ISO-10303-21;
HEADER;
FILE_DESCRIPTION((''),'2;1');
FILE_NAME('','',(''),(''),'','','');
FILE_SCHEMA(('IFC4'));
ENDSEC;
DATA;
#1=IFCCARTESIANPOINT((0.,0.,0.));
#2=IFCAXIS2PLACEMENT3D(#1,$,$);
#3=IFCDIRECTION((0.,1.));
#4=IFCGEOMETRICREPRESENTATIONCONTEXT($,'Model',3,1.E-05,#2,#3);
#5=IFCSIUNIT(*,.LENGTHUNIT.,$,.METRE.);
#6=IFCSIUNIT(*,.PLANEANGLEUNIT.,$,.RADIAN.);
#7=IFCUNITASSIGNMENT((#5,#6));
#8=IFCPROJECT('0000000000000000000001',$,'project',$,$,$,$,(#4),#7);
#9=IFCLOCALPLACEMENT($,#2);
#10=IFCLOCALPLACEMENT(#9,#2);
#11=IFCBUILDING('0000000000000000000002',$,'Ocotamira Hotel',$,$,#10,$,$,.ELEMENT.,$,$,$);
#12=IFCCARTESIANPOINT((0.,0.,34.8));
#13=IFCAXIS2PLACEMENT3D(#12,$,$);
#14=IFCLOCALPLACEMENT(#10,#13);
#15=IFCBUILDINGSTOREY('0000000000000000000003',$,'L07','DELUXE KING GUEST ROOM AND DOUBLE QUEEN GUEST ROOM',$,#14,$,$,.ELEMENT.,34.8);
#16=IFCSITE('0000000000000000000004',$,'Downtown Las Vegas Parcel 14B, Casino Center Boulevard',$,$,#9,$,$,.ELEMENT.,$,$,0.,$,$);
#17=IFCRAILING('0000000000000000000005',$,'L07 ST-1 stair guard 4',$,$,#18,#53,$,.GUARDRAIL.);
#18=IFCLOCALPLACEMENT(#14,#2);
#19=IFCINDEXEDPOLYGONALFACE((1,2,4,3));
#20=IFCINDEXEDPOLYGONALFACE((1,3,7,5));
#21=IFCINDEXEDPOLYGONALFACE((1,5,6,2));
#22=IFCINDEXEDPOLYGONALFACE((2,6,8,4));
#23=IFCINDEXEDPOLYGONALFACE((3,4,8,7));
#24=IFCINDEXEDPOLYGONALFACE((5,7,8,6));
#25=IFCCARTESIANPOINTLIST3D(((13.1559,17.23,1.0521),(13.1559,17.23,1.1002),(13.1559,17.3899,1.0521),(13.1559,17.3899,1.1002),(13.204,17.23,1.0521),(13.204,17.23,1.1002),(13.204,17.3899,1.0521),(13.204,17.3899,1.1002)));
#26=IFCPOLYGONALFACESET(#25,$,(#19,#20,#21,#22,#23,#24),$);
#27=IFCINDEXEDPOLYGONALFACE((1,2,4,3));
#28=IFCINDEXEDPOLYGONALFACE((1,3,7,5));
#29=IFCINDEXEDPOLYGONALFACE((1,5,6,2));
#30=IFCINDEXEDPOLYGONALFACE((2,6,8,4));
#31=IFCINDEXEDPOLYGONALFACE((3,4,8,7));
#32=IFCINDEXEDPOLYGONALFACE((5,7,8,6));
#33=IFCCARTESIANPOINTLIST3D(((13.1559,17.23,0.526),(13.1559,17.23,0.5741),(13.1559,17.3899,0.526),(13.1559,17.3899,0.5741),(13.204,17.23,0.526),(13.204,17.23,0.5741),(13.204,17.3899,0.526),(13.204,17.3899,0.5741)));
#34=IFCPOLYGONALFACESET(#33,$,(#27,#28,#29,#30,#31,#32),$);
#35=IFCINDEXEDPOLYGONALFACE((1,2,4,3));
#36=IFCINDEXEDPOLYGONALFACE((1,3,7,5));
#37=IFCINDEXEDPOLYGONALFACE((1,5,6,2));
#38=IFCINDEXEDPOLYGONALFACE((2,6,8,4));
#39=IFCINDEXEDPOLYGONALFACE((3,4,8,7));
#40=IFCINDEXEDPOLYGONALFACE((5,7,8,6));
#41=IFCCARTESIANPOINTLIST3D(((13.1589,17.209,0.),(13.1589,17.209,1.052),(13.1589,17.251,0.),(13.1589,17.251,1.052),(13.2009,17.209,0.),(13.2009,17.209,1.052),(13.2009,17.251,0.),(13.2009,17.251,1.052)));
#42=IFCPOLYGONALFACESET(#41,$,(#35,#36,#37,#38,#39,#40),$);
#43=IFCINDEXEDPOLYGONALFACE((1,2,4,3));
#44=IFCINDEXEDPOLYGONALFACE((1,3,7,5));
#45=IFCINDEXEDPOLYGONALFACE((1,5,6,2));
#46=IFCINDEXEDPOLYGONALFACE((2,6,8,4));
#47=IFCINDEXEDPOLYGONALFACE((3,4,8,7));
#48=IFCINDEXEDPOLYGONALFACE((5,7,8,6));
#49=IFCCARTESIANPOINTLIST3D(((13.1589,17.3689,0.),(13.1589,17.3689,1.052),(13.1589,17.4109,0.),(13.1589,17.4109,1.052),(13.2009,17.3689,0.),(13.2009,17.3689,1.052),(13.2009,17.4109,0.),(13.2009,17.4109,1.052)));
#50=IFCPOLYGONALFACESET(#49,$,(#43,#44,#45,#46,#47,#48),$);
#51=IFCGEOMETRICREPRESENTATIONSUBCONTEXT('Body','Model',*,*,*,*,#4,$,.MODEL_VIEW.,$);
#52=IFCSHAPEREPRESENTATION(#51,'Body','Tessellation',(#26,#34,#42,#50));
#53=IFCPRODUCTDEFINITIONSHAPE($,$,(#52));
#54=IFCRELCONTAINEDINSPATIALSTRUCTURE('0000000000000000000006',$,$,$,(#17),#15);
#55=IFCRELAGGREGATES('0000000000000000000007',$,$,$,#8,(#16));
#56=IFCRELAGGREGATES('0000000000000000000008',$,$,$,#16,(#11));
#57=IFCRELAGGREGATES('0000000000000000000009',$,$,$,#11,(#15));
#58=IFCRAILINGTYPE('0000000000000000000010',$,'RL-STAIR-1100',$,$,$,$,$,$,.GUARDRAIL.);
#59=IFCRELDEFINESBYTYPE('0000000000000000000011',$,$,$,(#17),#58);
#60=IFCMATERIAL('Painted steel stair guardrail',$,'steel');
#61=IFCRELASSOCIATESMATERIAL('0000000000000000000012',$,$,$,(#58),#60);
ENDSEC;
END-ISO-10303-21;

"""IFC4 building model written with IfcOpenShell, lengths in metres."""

from ifc_helpers import new_model, si_unit, direction, frame, origin, origin_2d, place, context, subcontext, project, spatial, rectangle, extrude, material, type_object, element, save


model = new_model("IFC4")

# Units and contexts
model_context = context("Model", 3, precision=1e-05, world=origin(), true_north=direction((0.0, 1.0)))
body_context = subcontext(model_context, "Body", "Model", "MODEL_VIEW")
ifc_project = project(units=[si_unit("LENGTHUNIT", "METRE"), si_unit("PLANEANGLEUNIT", "RADIAN")], contexts=[model_context])

# Site, building, storey
site_placement = place(None, origin())
site = spatial("IfcSite", under=ifc_project, at=site_placement, Name="Downtown Las Vegas Parcel 14B, Casino Center Boulevard", CompositionType="ELEMENT", RefElevation=0.0)
building_placement = place(site_placement, origin())
building = spatial("IfcBuilding", under=site, at=building_placement, Name="Ocotamira Hotel", CompositionType="ELEMENT")
storey_placement = place(building_placement, frame((0.0, 0.0, 34.8)))
storey = spatial("IfcBuildingStorey", under=building, at=storey_placement, Name="L07", Description="DELUXE KING GUEST ROOM AND DOUBLE QUEEN GUEST ROOM", CompositionType="ELEMENT", Elevation=34.8)

# Railing
ifc_material_1 = material(Name="Painted steel stair guardrail", Category="steel")
railing_type_1 = type_object("IfcRailingType", Name="RL-STAIR-1100", PredefinedType="GUARDRAIL", material=ifc_material_1)
railing_1_placement = place(storey_placement, frame((13.1799, 17.23, 0.0)))
element("IfcRailing", 1, at=railing_1_placement, inside=storey, type_object=railing_type_1, Name="L07 ST-1 stair guard 4", PredefinedType="GUARDRAIL", context=body_context, shape_type="SweptSolid", body=[
    extrude(rectangle(XDim=0.0481, YDim=0.0481, at=origin_2d()), frame((0.0, 0.0, 1.0762), z_axis=(0.0, 1.0, 0.0), x_axis=(-1.0, 0.0, 0.0)), (0.0, 0.0, 1.0), 0.1599),
    extrude(rectangle(XDim=0.0481, YDim=0.0481, at=origin_2d()), frame((0.0, 0.0, 0.55), z_axis=(0.0, 1.0, 0.0), x_axis=(-1.0, 0.0, 0.0)), (0.0, 0.0, 1.0), 0.1599),
    extrude(rectangle(XDim=0.042, YDim=0.042, at=origin_2d()), origin(), (0.0, 0.0, 1.0), 1.052),
    extrude(rectangle(XDim=0.042, YDim=0.042, at=origin_2d()), frame((0.0, 0.1599, 0.0)), (0.0, 0.0, 1.0), 1.052),
])

save(model, "model.ifc")
